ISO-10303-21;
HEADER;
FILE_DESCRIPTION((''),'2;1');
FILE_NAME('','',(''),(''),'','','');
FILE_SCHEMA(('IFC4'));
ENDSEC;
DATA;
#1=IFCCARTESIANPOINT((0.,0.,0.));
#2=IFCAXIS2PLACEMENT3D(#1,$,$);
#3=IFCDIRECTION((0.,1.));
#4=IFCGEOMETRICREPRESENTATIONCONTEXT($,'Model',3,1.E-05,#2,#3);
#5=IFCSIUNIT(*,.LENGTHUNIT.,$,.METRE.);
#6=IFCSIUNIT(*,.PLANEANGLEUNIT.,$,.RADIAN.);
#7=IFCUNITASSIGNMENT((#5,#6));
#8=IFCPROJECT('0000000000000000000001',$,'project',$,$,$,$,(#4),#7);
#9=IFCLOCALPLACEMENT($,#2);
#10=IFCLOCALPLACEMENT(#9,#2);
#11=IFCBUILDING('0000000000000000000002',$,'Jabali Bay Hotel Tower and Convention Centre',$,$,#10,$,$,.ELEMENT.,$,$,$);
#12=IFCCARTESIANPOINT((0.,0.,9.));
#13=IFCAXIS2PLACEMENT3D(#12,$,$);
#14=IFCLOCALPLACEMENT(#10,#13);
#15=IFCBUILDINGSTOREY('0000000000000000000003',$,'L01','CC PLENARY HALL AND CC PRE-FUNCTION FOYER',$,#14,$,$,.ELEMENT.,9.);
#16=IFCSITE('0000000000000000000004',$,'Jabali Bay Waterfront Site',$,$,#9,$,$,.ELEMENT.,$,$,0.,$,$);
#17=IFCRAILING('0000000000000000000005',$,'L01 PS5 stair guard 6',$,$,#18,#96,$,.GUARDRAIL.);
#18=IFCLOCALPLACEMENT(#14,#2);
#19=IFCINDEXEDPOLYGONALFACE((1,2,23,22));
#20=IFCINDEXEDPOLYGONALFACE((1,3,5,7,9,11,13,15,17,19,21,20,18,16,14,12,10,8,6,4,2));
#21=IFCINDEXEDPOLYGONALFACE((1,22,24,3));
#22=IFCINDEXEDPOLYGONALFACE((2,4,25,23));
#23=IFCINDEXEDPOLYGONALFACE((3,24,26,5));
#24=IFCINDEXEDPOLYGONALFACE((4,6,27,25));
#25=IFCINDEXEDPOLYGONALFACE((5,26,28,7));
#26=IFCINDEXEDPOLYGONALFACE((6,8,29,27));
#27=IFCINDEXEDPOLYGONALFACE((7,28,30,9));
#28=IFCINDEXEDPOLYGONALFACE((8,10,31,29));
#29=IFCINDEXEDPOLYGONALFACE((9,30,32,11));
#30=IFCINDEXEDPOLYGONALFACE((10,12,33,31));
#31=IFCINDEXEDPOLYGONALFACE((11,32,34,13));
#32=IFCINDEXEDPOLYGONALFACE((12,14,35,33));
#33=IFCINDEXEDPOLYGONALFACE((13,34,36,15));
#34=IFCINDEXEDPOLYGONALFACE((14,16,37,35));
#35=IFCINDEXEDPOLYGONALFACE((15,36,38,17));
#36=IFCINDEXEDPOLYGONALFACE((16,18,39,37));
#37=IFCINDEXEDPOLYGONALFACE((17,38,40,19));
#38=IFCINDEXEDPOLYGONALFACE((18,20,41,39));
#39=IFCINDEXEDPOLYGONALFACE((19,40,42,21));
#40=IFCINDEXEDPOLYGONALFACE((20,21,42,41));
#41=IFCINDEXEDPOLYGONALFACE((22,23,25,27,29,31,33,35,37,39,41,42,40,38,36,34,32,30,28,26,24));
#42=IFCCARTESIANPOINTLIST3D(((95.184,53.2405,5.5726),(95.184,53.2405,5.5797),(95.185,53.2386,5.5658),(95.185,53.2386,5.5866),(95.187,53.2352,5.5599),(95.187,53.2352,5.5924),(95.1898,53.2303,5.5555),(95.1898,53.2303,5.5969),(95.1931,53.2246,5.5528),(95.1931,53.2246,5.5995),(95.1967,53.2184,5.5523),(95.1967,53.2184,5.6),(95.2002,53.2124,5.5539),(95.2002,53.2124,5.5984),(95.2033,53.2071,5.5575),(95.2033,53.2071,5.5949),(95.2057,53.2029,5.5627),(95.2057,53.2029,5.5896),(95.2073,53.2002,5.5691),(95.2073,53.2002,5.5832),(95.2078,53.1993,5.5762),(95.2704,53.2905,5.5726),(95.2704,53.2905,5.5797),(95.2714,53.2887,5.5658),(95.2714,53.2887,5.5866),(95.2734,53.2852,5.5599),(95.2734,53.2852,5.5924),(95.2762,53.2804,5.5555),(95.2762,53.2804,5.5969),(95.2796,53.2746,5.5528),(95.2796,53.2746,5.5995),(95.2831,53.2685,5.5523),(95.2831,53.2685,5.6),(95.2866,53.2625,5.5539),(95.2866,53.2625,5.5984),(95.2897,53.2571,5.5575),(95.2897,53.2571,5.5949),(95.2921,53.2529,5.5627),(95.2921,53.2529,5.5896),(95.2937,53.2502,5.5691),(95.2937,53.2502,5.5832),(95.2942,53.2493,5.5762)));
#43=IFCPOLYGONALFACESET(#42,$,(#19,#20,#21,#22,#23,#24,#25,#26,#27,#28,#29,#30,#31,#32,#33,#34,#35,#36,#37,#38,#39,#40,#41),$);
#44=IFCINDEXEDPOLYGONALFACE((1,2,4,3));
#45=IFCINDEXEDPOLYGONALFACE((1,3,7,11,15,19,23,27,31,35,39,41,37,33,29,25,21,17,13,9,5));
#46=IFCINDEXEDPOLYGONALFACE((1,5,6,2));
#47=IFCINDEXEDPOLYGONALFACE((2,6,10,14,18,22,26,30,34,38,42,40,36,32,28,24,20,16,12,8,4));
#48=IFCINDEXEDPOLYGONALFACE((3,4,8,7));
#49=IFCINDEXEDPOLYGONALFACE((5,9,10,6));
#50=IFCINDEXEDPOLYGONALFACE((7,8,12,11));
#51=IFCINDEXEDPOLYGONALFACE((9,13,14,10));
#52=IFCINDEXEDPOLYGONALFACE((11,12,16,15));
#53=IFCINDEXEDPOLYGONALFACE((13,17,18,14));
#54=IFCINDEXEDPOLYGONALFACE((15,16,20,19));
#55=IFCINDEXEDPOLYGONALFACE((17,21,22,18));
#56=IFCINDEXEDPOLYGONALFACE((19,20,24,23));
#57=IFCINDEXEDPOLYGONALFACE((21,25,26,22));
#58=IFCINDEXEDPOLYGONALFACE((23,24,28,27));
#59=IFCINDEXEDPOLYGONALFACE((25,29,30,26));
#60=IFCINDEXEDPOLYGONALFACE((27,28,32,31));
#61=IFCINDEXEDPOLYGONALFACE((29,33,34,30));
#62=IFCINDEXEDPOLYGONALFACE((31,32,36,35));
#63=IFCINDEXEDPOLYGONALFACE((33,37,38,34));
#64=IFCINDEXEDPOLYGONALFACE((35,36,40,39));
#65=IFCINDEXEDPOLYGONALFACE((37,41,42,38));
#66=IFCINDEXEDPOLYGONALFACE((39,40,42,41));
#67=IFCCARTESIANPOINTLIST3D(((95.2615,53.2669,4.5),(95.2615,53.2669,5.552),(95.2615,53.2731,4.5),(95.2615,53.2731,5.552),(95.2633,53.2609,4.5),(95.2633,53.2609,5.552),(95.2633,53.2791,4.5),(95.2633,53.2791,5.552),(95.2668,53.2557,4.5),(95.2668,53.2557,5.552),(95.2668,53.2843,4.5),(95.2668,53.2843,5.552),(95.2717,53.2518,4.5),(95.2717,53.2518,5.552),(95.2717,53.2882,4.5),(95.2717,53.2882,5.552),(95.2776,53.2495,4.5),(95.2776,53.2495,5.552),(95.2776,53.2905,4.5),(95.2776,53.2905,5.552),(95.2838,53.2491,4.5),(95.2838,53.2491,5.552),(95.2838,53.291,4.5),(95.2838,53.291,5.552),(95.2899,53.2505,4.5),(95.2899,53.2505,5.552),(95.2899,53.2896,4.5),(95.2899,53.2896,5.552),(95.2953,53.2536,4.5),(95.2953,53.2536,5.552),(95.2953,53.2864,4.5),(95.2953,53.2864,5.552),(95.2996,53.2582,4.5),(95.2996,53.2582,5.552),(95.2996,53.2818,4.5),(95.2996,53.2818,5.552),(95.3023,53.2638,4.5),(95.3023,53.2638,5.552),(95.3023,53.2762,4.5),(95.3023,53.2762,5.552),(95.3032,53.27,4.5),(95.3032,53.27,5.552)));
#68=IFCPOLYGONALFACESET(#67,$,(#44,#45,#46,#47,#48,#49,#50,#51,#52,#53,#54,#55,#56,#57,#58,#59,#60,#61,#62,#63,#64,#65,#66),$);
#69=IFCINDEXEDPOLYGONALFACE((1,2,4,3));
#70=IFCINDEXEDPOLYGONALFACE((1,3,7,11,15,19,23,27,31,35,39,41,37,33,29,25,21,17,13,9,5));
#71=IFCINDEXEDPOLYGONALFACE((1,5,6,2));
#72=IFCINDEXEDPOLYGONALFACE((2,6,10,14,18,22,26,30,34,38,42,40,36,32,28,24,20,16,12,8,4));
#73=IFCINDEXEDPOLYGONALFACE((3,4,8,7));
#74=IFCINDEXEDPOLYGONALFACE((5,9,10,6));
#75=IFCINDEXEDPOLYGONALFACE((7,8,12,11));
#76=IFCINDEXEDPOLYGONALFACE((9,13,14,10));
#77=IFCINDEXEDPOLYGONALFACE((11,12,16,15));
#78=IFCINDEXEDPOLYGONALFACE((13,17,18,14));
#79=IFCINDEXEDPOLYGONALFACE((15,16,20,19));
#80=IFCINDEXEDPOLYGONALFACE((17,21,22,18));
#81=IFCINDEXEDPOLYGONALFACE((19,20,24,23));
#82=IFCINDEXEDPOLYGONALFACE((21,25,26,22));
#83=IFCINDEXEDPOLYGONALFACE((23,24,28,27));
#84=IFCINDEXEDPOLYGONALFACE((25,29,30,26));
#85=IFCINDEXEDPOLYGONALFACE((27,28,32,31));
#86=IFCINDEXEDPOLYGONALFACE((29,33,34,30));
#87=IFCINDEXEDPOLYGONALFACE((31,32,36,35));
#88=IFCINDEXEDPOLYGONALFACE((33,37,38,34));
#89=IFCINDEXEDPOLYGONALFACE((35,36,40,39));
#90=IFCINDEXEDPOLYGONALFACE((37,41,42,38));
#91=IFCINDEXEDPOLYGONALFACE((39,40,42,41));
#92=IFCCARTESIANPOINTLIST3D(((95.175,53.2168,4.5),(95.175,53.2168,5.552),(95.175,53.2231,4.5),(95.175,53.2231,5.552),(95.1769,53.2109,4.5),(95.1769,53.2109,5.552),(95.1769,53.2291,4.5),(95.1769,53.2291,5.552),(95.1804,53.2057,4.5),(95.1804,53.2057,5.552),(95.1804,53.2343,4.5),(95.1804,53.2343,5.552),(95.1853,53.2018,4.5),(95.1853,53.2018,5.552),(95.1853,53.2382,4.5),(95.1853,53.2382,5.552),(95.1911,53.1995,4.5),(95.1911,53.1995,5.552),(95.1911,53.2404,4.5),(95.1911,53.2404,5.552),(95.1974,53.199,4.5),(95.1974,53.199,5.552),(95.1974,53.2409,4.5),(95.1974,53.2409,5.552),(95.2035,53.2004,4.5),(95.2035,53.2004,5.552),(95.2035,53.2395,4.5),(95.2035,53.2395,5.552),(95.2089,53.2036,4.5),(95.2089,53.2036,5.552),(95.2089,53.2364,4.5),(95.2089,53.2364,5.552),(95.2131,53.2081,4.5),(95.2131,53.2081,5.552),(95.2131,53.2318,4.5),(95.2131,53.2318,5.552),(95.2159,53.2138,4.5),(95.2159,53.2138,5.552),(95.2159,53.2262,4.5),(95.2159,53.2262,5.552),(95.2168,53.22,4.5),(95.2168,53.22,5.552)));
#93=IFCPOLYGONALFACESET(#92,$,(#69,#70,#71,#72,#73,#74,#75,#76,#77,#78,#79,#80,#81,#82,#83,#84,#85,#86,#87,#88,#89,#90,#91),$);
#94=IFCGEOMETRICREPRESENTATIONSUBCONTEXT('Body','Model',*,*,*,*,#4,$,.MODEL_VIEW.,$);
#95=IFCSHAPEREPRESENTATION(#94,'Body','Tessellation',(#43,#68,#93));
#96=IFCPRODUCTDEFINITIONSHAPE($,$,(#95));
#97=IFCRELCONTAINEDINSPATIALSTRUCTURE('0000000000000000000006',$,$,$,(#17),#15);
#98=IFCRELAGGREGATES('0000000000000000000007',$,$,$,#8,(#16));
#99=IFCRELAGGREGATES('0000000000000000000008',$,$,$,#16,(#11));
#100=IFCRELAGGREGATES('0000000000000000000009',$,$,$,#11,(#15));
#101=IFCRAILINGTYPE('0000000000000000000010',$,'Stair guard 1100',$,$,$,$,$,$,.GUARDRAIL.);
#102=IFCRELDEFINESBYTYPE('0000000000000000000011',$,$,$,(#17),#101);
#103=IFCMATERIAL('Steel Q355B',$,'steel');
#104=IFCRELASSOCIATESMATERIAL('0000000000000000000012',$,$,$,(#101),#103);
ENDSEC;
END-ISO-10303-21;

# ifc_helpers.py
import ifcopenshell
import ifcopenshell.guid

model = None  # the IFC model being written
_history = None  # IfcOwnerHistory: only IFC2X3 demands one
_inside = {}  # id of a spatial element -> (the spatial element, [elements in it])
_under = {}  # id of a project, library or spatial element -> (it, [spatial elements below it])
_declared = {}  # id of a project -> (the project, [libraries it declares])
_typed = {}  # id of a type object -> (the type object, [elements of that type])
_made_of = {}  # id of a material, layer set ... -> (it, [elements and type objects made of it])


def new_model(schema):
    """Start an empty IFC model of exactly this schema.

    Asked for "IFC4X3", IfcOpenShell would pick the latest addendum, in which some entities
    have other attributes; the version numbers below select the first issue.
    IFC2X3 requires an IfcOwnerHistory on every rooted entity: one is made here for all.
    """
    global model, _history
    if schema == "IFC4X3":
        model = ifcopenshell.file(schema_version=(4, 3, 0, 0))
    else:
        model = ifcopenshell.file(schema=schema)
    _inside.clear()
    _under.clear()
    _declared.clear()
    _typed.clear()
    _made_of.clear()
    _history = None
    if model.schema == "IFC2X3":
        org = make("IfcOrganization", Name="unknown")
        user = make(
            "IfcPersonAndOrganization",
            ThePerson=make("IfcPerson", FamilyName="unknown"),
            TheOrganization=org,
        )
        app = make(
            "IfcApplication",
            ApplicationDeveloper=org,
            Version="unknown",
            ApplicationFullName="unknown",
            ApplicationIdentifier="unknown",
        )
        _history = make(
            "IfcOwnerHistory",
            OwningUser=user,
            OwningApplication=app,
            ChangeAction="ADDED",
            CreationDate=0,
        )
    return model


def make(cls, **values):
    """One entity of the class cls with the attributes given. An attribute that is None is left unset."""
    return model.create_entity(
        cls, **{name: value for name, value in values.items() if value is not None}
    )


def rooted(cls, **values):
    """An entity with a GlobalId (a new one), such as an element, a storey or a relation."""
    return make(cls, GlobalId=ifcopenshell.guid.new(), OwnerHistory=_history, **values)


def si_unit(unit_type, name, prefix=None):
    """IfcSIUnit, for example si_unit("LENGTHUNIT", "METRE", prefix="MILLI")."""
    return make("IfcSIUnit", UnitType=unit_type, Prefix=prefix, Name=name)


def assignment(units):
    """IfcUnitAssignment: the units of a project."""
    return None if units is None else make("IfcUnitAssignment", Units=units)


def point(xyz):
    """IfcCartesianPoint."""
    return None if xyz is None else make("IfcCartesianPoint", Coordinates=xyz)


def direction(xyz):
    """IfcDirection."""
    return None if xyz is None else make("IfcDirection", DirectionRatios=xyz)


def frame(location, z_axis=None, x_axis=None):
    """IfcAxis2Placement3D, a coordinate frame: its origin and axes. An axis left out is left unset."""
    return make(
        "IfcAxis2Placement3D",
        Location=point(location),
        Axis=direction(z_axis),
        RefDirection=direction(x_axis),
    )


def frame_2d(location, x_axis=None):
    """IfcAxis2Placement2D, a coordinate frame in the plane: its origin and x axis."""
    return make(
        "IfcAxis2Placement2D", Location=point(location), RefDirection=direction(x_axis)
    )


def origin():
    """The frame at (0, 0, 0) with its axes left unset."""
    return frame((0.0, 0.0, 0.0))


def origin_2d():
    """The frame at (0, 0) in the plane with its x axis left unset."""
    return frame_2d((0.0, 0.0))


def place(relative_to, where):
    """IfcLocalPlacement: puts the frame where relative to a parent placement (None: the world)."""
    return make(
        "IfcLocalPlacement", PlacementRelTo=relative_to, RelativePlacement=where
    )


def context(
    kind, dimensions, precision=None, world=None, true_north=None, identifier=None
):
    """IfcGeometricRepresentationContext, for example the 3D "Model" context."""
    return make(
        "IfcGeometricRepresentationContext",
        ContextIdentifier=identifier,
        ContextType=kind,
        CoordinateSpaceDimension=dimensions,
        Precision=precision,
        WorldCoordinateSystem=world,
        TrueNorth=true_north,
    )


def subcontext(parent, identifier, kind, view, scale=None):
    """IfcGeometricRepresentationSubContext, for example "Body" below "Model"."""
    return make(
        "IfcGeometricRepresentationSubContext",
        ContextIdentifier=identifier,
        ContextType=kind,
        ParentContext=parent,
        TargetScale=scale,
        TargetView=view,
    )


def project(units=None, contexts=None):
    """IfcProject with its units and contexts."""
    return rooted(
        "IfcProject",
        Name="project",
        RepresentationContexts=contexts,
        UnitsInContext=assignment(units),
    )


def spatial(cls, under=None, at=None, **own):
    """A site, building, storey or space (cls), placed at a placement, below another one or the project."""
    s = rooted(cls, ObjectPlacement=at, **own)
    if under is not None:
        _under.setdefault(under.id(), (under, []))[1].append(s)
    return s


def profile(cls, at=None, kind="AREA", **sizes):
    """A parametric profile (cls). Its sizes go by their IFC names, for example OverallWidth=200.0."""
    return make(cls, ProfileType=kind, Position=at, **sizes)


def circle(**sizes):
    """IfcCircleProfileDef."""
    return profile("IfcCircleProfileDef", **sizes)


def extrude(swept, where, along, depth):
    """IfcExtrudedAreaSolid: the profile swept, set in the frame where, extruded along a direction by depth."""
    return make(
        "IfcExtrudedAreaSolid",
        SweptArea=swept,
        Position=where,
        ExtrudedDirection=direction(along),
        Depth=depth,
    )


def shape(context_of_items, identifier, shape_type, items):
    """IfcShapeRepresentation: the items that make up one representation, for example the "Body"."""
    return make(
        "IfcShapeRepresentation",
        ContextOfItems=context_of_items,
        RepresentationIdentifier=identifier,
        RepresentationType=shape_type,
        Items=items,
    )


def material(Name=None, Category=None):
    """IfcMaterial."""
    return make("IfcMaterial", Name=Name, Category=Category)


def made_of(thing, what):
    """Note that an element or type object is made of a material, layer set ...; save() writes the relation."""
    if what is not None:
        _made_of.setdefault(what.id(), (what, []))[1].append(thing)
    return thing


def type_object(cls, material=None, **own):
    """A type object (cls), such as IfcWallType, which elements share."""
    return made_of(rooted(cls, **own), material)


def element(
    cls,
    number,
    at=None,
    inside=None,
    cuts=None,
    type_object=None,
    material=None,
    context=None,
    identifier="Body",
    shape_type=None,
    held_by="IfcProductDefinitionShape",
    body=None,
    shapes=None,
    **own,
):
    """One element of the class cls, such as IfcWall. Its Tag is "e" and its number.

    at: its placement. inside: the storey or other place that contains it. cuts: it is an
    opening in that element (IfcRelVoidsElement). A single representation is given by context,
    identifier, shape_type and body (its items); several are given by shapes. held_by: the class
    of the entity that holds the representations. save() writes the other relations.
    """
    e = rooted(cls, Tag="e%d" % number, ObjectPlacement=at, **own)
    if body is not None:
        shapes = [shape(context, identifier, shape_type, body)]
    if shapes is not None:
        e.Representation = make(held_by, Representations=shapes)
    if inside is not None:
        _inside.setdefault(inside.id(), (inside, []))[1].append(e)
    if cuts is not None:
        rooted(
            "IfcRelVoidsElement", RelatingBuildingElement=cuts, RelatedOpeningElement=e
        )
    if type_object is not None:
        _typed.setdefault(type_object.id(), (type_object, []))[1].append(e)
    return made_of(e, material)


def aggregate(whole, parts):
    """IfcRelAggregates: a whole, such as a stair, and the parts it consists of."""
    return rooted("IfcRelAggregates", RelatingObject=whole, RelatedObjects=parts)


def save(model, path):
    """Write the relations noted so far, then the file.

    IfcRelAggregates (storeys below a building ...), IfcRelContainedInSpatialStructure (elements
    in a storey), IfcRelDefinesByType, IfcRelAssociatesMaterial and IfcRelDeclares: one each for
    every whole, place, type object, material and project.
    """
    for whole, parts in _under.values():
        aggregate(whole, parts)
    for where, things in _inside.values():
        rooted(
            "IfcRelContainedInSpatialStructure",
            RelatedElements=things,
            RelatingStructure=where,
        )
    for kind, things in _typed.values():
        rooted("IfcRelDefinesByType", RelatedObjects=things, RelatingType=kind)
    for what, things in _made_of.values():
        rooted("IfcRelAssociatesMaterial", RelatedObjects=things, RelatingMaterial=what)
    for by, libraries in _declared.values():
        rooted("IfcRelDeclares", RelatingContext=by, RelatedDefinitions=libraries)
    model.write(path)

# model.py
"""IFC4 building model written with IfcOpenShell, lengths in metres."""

from ifc_helpers import new_model, si_unit, direction, frame, origin, origin_2d, place, context, subcontext, project, spatial, circle, extrude, material, type_object, element, save


model = new_model("IFC4")

# Units and contexts
model_context = context("Model", 3, precision=1e-05, world=origin(), true_north=direction((0.0, 1.0)))
body_context = subcontext(model_context, "Body", "Model", "MODEL_VIEW")
ifc_project = project(units=[si_unit("LENGTHUNIT", "METRE"), si_unit("PLANEANGLEUNIT", "RADIAN")], contexts=[model_context])

# Site, building, storey
site_placement = place(None, origin())
site = spatial("IfcSite", under=ifc_project, at=site_placement, Name="Jabali Bay Waterfront Site", CompositionType="ELEMENT", RefElevation=0.0)
building_placement = place(site_placement, origin())
building = spatial("IfcBuilding", under=site, at=building_placement, Name="Jabali Bay Hotel Tower and Convention Centre", CompositionType="ELEMENT")
storey_placement = place(building_placement, frame((0.0, 0.0, 9.0)))
storey = spatial("IfcBuildingStorey", under=building, at=storey_placement, Name="L01", Description="CC PLENARY HALL AND CC PRE-FUNCTION FOYER", CompositionType="ELEMENT", Elevation=9.0)

# Railing
ifc_material_1 = material(Name="Steel Q355B", Category="steel")
railing_type_1 = type_object("IfcRailingType", Name="Stair guard 1100", PredefinedType="GUARDRAIL", material=ifc_material_1)
railing_1_placement = place(storey_placement, frame((95.2822, 53.27, 4.5)))
element("IfcRailing", 1, at=railing_1_placement, inside=storey, type_object=railing_type_1, Name="L01 PS5 stair guard 6", PredefinedType="GUARDRAIL", context=body_context, shape_type="SweptSolid", body=[
    extrude(circle(Radius=0.0239, at=origin_2d()), frame((0.0, 0.0, 1.0762), z_axis=(-0.86537, -0.501133, 0.0), x_axis=(0.501133, -0.86537, 0.0)), (0.0, 0.0, 1.0), 0.0999),
    extrude(circle(Radius=0.021, at=origin_2d()), origin(), (0.0, 0.0, 1.0), 1.052),
    extrude(circle(Radius=0.021, at=origin_2d()), frame((-0.0864, -0.05, 0.0)), (0.0, 0.0, 1.0), 1.052),
])

save(model, "model.ifc")
